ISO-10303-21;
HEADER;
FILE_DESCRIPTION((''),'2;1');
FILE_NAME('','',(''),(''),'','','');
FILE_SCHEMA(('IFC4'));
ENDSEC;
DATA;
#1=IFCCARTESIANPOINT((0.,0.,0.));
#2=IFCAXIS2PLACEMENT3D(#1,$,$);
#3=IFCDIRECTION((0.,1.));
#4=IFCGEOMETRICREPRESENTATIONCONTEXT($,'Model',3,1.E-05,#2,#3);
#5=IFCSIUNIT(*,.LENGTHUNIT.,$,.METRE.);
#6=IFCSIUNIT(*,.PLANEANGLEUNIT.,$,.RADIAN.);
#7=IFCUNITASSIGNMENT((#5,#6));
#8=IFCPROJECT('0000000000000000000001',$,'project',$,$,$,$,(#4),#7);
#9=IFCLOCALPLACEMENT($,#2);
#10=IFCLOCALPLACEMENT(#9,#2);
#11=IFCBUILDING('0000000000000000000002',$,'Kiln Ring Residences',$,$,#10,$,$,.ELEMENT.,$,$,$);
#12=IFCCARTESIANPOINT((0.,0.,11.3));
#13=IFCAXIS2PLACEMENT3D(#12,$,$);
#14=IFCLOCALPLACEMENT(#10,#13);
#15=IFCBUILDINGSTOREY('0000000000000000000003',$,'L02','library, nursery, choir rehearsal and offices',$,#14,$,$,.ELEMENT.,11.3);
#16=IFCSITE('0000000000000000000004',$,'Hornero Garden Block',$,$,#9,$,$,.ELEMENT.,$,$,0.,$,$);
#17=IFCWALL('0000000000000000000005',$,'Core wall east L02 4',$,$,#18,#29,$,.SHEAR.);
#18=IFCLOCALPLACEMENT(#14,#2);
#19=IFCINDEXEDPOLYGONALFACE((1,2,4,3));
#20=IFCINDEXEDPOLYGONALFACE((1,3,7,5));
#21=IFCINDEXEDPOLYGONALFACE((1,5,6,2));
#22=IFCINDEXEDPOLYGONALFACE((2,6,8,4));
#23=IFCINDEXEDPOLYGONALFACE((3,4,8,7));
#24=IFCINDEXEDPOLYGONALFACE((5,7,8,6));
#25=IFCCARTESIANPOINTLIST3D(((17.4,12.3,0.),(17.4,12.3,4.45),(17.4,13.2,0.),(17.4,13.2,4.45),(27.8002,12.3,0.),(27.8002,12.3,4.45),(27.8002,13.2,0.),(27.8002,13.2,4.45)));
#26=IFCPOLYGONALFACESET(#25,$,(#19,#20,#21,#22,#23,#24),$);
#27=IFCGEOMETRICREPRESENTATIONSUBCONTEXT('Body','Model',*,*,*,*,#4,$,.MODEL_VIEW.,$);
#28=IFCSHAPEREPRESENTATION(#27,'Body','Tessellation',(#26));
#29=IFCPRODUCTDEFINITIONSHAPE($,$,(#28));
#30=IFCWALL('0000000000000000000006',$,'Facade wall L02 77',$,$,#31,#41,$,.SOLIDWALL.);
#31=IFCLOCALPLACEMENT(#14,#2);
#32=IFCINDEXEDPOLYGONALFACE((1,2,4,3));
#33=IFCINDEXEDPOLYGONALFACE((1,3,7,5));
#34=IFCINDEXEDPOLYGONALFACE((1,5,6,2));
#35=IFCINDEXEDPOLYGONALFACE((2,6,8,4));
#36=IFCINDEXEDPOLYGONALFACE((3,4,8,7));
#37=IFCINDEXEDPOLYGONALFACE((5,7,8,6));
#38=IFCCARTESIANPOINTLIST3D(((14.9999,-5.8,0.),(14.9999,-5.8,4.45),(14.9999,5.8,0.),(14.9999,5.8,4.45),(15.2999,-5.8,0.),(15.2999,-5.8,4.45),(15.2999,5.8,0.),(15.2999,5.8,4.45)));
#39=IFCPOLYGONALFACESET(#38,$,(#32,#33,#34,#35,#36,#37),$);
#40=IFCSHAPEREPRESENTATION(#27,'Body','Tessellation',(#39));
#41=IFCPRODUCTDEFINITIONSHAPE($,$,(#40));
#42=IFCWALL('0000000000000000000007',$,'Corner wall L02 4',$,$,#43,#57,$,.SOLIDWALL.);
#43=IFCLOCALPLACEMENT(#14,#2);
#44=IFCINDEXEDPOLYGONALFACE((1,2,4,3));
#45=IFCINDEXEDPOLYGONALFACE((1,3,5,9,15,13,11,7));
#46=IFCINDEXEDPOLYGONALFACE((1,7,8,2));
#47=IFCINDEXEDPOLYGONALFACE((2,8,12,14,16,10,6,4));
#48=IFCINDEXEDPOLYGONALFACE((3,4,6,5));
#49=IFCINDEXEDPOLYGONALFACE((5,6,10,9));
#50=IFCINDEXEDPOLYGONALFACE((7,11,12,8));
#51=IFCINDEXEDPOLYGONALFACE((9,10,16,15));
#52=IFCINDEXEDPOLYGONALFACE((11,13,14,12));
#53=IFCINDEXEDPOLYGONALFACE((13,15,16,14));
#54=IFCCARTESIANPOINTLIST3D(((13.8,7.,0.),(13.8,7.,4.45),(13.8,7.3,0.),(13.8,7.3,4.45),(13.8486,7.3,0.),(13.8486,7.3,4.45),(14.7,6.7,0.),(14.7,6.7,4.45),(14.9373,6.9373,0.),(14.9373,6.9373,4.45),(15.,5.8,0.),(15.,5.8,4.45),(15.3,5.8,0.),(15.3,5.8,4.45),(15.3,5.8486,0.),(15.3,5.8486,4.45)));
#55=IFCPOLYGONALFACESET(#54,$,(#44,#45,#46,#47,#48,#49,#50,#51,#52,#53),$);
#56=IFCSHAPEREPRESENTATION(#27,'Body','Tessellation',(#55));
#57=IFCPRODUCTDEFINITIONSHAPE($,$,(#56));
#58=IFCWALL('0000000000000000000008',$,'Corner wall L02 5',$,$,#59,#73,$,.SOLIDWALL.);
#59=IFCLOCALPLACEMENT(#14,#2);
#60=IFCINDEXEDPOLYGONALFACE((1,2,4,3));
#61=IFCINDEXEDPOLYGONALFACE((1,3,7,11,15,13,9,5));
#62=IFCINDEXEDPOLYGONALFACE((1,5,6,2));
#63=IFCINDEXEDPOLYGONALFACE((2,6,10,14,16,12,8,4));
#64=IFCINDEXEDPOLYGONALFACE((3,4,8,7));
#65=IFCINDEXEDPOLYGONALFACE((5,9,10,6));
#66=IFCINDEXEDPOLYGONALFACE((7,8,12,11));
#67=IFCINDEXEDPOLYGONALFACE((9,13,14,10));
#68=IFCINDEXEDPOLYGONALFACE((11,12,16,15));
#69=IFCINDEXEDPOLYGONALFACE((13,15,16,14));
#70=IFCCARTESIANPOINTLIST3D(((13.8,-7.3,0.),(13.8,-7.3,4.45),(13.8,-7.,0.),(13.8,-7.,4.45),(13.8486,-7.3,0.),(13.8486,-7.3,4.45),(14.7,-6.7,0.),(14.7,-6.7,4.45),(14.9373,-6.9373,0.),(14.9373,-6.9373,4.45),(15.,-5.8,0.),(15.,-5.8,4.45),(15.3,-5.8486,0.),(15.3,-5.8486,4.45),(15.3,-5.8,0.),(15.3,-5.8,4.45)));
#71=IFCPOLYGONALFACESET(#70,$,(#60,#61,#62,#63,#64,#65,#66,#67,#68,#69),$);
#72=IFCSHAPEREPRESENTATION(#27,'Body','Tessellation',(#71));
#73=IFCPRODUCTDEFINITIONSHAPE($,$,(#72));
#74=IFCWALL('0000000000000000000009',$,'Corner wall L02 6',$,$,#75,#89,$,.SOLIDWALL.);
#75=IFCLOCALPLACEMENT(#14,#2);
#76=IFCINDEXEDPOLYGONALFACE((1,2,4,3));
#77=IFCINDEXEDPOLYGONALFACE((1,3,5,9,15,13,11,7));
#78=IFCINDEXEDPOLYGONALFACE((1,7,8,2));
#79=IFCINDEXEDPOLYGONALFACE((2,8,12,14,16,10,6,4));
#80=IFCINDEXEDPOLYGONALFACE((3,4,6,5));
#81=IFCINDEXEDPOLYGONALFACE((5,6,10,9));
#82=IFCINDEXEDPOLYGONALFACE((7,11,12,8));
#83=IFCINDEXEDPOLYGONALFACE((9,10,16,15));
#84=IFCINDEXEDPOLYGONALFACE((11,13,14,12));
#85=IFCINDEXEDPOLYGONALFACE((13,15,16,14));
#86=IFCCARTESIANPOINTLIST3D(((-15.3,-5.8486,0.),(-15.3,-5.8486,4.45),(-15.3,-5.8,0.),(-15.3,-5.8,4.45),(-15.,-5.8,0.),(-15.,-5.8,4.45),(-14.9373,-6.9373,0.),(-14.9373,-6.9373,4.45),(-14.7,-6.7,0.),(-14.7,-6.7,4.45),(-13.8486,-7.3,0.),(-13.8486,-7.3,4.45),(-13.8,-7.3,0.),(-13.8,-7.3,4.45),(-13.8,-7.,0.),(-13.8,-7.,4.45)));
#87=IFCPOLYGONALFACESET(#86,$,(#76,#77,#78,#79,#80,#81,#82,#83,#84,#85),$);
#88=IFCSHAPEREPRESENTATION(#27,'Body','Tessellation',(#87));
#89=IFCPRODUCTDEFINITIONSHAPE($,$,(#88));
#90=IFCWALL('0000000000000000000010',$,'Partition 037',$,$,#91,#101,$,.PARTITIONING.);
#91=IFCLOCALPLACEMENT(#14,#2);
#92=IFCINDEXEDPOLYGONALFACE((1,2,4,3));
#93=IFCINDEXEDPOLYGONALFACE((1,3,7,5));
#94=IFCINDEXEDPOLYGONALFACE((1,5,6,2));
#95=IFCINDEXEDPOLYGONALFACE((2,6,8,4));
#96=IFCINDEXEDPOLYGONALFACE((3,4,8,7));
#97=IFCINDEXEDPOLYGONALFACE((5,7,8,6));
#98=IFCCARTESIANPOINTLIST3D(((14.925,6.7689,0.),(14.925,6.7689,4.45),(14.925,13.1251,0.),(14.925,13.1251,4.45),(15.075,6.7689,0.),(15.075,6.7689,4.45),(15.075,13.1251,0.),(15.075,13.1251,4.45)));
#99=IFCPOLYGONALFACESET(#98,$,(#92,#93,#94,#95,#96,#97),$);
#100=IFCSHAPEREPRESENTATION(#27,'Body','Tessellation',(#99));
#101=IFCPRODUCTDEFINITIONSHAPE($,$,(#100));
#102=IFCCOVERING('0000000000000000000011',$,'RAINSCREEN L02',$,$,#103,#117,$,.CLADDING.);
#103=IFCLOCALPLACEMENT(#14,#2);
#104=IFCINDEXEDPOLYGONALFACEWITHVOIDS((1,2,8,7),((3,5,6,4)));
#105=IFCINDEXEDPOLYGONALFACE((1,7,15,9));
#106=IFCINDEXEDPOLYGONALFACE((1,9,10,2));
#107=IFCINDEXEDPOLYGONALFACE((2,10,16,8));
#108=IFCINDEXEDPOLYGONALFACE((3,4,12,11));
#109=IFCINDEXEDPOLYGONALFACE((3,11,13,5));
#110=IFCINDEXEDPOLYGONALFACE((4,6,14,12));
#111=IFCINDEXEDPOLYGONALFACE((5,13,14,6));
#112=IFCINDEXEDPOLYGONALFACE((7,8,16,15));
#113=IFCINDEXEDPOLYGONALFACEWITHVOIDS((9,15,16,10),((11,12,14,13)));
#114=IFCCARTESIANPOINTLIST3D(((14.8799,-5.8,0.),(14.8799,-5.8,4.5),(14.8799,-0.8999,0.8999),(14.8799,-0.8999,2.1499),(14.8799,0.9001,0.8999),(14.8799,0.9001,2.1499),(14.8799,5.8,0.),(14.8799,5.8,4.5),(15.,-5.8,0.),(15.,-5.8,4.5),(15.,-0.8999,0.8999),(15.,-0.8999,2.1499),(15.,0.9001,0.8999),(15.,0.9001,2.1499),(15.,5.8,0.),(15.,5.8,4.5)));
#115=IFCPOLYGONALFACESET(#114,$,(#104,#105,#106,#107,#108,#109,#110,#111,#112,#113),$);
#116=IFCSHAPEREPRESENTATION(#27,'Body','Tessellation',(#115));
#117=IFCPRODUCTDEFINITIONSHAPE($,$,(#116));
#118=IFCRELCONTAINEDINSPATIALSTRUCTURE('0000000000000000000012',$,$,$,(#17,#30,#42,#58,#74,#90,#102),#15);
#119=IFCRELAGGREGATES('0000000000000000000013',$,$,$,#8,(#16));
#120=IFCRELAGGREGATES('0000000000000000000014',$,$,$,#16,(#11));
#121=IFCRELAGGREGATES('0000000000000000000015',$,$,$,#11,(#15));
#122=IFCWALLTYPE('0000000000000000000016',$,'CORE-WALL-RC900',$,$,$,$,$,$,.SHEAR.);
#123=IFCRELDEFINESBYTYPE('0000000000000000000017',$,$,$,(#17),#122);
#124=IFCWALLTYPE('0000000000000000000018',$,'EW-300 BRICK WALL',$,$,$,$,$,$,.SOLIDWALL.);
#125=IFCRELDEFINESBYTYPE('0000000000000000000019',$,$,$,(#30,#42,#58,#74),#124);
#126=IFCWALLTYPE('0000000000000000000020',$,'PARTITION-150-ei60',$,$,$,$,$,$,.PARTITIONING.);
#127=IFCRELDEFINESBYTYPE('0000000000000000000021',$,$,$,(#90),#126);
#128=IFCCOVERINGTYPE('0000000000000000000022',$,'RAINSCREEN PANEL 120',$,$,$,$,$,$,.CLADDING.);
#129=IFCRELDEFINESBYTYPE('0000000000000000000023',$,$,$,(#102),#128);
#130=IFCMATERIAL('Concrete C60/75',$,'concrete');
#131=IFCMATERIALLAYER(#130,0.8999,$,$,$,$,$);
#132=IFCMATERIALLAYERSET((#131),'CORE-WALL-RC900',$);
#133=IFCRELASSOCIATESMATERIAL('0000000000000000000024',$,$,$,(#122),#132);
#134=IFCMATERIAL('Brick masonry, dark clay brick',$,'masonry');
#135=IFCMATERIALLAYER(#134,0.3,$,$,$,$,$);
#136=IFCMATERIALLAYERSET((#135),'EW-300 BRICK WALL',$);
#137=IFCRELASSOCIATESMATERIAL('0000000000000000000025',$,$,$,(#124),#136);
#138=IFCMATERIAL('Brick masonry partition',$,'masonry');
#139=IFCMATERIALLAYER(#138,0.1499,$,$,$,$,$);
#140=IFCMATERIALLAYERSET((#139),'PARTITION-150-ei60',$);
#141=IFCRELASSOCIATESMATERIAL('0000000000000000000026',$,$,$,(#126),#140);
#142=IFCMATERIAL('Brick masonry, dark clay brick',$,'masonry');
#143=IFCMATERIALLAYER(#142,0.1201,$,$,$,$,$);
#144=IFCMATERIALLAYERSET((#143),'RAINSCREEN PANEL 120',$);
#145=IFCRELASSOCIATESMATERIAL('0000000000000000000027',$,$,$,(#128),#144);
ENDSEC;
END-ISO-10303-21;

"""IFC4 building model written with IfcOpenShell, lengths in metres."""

from ifc_helpers import new_model, si_unit, direction, frame, frame_2d, origin, place, context, subcontext, project, spatial, polyline, rectangle, outline, extrude, material, layer, layer_set, type_object, element, save


model = new_model("IFC4")

# Units and contexts
model_context = context("Model", 3, precision=1e-05, world=origin(), true_north=direction((0.0, 1.0)))
body_context = subcontext(model_context, "Body", "Model", "MODEL_VIEW")
ifc_project = project(units=[si_unit("LENGTHUNIT", "METRE"), si_unit("PLANEANGLEUNIT", "RADIAN")], contexts=[model_context])

# Site, building, storey
site_placement = place(None, origin())
site = spatial("IfcSite", under=ifc_project, at=site_placement, Name="Hornero Garden Block", CompositionType="ELEMENT", RefElevation=0.0)
building_placement = place(site_placement, origin())
building = spatial("IfcBuilding", under=site, at=building_placement, Name="Kiln Ring Residences", CompositionType="ELEMENT")
storey_placement = place(building_placement, frame((0.0, 0.0, 11.3)))
storey = spatial("IfcBuildingStorey", under=building, at=storey_placement, Name="L02", Description="library, nursery, choir rehearsal and offices", CompositionType="ELEMENT", Elevation=11.3)

# Walls
ifc_material_1 = material(Name="Concrete C60/75", Category="concrete")
ifc_layer_1 = layer(ifc_material_1, 0.8999)
ifc_layer_set_1 = layer_set([ifc_layer_1], Name="CORE-WALL-RC900")
wall_type_1 = type_object("IfcWallType", Name="CORE-WALL-RC900", PredefinedType="SHEAR", material=ifc_layer_set_1)
wall_1_placement = place(storey_placement, frame((17.3999, 12.75, 0.0), z_axis=(0.0, 0.0, 1.0), x_axis=(1.0, 0.0, 0.0)))
element("IfcWall", 1, at=wall_1_placement, inside=storey, type_object=wall_type_1, Name="Core wall east L02 4", PredefinedType="SHEAR", context=body_context, shape_type="SweptSolid", body=[
    extrude(rectangle(XDim=10.4001, YDim=0.8999, at=frame_2d((5.2002, 0.0))), origin(), (0.0, 0.0, 1.0), 4.45),
])
ifc_material_2 = material(Name="Brick masonry, dark clay brick", Category="masonry")
ifc_layer_2 = layer(ifc_material_2, 0.3)
ifc_layer_set_2 = layer_set([ifc_layer_2], Name="EW-300 BRICK WALL")
wall_type_2 = type_object("IfcWallType", Name="EW-300 BRICK WALL", PredefinedType="SOLIDWALL", material=ifc_layer_set_2)
wall_2_placement = place(storey_placement, frame((15.1499, 5.8, 0.0), z_axis=(0.0, 0.0, 1.0), x_axis=(0.0, -1.0, 0.0)))
element("IfcWall", 2, at=wall_2_placement, inside=storey, type_object=wall_type_2, Name="Facade wall L02 77", PredefinedType="SOLIDWALL", context=body_context, shape_type="SweptSolid", body=[
    extrude(rectangle(XDim=11.6001, YDim=0.3, at=frame_2d((5.8, 0.0))), origin(), (0.0, 0.0, 1.0), 4.45),
])
placement = place(storey_placement, origin())
element("IfcWall", 3, at=placement, inside=storey, type_object=wall_type_2, Name="Corner wall L02 4", PredefinedType="SOLIDWALL", context=body_context, shape_type="SweptSolid", body=[
    extrude(outline(polyline([(14.9373, 6.9373), (13.8486, 7.3), (13.8, 7.3), (13.8, 7.0), (14.7, 6.7), (15.0, 5.8), (15.3, 5.8), (15.3, 5.8486), (14.9373, 6.9373)])), origin(), (0.0, 0.0, 1.0), 4.45),
])
element("IfcWall", 4, at=placement, inside=storey, type_object=wall_type_2, Name="Corner wall L02 5", PredefinedType="SOLIDWALL", context=body_context, shape_type="SweptSolid", body=[
    extrude(outline(polyline([(14.9373, -6.9373), (15.3, -5.8486), (15.3, -5.8), (15.0, -5.8), (14.7, -6.7), (13.8, -7.0), (13.8, -7.3), (13.8486, -7.3), (14.9373, -6.9373)])), origin(), (0.0, 0.0, 1.0), 4.45),
])
element("IfcWall", 5, at=placement, inside=storey, type_object=wall_type_2, Name="Corner wall L02 6", PredefinedType="SOLIDWALL", context=body_context, shape_type="SweptSolid", body=[
    extrude(outline(polyline([(-14.9373, -6.9373), (-13.8486, -7.3), (-13.8, -7.3), (-13.8, -7.0), (-14.7, -6.7), (-15.0, -5.8), (-15.3, -5.8), (-15.3, -5.8486), (-14.9373, -6.9373)])), origin(), (0.0, 0.0, 1.0), 4.45),
])
ifc_material_3 = material(Name="Brick masonry partition", Category="masonry")
ifc_layer_3 = layer(ifc_material_3, 0.1499)
ifc_layer_set_3 = layer_set([ifc_layer_3], Name="PARTITION-150-ei60")
wall_type_3 = type_object("IfcWallType", Name="PARTITION-150-ei60", PredefinedType="PARTITIONING", material=ifc_layer_set_3)
wall_3_placement = place(storey_placement, frame((15.0, 6.7688, 0.0), z_axis=(0.0, 0.0, 1.0), x_axis=(0.0, 1.0, 0.0)))
element("IfcWall", 6, at=wall_3_placement, inside=storey, type_object=wall_type_3, Name="Partition 037", PredefinedType="PARTITIONING", context=body_context, shape_type="SweptSolid", body=[
    extrude(rectangle(XDim=6.3562, YDim=0.1499, at=frame_2d((3.1782, 0.0))), origin(), (0.0, 0.0, 1.0), 4.45),
])

# Covering
ifc_material_4 = material(Name="Brick masonry, dark clay brick", Category="masonry")
ifc_layer_4 = layer(ifc_material_4, 0.1201)
ifc_layer_set_4 = layer_set([ifc_layer_4], Name="RAINSCREEN PANEL 120")
covering_type = type_object("IfcCoveringType", Name="RAINSCREEN PANEL 120", PredefinedType="CLADDING", material=ifc_layer_set_4)
covering_placement = place(storey_placement, frame((14.9399, 5.8, 0.0), z_axis=(0.0, 0.0, 1.0), x_axis=(0.0, -1.0, 0.0)))
element("IfcCovering", 7, at=covering_placement, inside=storey, type_object=covering_type, Name="RAINSCREEN L02", PredefinedType="CLADDING", context=body_context, shape_type="SweptSolid", body=[
    extrude(outline(polyline([(0.0, 0.0), (11.6001, 0.0), (11.6001, 4.5), (0.0, 4.5), (0.0, 0.0)]), holes=[polyline([(4.8999, 2.1499), (4.8999, 0.8999), (6.7, 0.8999), (6.7, 2.1499), (4.8999, 2.1499)])]), frame((0.0, 0.0601, 0.0), z_axis=(0.0, -1.0, 0.0), x_axis=(1.0, 0.0, 0.0)), (0.0, 0.0, 1.0), 0.1201),
])

save(model, "model.ifc")
